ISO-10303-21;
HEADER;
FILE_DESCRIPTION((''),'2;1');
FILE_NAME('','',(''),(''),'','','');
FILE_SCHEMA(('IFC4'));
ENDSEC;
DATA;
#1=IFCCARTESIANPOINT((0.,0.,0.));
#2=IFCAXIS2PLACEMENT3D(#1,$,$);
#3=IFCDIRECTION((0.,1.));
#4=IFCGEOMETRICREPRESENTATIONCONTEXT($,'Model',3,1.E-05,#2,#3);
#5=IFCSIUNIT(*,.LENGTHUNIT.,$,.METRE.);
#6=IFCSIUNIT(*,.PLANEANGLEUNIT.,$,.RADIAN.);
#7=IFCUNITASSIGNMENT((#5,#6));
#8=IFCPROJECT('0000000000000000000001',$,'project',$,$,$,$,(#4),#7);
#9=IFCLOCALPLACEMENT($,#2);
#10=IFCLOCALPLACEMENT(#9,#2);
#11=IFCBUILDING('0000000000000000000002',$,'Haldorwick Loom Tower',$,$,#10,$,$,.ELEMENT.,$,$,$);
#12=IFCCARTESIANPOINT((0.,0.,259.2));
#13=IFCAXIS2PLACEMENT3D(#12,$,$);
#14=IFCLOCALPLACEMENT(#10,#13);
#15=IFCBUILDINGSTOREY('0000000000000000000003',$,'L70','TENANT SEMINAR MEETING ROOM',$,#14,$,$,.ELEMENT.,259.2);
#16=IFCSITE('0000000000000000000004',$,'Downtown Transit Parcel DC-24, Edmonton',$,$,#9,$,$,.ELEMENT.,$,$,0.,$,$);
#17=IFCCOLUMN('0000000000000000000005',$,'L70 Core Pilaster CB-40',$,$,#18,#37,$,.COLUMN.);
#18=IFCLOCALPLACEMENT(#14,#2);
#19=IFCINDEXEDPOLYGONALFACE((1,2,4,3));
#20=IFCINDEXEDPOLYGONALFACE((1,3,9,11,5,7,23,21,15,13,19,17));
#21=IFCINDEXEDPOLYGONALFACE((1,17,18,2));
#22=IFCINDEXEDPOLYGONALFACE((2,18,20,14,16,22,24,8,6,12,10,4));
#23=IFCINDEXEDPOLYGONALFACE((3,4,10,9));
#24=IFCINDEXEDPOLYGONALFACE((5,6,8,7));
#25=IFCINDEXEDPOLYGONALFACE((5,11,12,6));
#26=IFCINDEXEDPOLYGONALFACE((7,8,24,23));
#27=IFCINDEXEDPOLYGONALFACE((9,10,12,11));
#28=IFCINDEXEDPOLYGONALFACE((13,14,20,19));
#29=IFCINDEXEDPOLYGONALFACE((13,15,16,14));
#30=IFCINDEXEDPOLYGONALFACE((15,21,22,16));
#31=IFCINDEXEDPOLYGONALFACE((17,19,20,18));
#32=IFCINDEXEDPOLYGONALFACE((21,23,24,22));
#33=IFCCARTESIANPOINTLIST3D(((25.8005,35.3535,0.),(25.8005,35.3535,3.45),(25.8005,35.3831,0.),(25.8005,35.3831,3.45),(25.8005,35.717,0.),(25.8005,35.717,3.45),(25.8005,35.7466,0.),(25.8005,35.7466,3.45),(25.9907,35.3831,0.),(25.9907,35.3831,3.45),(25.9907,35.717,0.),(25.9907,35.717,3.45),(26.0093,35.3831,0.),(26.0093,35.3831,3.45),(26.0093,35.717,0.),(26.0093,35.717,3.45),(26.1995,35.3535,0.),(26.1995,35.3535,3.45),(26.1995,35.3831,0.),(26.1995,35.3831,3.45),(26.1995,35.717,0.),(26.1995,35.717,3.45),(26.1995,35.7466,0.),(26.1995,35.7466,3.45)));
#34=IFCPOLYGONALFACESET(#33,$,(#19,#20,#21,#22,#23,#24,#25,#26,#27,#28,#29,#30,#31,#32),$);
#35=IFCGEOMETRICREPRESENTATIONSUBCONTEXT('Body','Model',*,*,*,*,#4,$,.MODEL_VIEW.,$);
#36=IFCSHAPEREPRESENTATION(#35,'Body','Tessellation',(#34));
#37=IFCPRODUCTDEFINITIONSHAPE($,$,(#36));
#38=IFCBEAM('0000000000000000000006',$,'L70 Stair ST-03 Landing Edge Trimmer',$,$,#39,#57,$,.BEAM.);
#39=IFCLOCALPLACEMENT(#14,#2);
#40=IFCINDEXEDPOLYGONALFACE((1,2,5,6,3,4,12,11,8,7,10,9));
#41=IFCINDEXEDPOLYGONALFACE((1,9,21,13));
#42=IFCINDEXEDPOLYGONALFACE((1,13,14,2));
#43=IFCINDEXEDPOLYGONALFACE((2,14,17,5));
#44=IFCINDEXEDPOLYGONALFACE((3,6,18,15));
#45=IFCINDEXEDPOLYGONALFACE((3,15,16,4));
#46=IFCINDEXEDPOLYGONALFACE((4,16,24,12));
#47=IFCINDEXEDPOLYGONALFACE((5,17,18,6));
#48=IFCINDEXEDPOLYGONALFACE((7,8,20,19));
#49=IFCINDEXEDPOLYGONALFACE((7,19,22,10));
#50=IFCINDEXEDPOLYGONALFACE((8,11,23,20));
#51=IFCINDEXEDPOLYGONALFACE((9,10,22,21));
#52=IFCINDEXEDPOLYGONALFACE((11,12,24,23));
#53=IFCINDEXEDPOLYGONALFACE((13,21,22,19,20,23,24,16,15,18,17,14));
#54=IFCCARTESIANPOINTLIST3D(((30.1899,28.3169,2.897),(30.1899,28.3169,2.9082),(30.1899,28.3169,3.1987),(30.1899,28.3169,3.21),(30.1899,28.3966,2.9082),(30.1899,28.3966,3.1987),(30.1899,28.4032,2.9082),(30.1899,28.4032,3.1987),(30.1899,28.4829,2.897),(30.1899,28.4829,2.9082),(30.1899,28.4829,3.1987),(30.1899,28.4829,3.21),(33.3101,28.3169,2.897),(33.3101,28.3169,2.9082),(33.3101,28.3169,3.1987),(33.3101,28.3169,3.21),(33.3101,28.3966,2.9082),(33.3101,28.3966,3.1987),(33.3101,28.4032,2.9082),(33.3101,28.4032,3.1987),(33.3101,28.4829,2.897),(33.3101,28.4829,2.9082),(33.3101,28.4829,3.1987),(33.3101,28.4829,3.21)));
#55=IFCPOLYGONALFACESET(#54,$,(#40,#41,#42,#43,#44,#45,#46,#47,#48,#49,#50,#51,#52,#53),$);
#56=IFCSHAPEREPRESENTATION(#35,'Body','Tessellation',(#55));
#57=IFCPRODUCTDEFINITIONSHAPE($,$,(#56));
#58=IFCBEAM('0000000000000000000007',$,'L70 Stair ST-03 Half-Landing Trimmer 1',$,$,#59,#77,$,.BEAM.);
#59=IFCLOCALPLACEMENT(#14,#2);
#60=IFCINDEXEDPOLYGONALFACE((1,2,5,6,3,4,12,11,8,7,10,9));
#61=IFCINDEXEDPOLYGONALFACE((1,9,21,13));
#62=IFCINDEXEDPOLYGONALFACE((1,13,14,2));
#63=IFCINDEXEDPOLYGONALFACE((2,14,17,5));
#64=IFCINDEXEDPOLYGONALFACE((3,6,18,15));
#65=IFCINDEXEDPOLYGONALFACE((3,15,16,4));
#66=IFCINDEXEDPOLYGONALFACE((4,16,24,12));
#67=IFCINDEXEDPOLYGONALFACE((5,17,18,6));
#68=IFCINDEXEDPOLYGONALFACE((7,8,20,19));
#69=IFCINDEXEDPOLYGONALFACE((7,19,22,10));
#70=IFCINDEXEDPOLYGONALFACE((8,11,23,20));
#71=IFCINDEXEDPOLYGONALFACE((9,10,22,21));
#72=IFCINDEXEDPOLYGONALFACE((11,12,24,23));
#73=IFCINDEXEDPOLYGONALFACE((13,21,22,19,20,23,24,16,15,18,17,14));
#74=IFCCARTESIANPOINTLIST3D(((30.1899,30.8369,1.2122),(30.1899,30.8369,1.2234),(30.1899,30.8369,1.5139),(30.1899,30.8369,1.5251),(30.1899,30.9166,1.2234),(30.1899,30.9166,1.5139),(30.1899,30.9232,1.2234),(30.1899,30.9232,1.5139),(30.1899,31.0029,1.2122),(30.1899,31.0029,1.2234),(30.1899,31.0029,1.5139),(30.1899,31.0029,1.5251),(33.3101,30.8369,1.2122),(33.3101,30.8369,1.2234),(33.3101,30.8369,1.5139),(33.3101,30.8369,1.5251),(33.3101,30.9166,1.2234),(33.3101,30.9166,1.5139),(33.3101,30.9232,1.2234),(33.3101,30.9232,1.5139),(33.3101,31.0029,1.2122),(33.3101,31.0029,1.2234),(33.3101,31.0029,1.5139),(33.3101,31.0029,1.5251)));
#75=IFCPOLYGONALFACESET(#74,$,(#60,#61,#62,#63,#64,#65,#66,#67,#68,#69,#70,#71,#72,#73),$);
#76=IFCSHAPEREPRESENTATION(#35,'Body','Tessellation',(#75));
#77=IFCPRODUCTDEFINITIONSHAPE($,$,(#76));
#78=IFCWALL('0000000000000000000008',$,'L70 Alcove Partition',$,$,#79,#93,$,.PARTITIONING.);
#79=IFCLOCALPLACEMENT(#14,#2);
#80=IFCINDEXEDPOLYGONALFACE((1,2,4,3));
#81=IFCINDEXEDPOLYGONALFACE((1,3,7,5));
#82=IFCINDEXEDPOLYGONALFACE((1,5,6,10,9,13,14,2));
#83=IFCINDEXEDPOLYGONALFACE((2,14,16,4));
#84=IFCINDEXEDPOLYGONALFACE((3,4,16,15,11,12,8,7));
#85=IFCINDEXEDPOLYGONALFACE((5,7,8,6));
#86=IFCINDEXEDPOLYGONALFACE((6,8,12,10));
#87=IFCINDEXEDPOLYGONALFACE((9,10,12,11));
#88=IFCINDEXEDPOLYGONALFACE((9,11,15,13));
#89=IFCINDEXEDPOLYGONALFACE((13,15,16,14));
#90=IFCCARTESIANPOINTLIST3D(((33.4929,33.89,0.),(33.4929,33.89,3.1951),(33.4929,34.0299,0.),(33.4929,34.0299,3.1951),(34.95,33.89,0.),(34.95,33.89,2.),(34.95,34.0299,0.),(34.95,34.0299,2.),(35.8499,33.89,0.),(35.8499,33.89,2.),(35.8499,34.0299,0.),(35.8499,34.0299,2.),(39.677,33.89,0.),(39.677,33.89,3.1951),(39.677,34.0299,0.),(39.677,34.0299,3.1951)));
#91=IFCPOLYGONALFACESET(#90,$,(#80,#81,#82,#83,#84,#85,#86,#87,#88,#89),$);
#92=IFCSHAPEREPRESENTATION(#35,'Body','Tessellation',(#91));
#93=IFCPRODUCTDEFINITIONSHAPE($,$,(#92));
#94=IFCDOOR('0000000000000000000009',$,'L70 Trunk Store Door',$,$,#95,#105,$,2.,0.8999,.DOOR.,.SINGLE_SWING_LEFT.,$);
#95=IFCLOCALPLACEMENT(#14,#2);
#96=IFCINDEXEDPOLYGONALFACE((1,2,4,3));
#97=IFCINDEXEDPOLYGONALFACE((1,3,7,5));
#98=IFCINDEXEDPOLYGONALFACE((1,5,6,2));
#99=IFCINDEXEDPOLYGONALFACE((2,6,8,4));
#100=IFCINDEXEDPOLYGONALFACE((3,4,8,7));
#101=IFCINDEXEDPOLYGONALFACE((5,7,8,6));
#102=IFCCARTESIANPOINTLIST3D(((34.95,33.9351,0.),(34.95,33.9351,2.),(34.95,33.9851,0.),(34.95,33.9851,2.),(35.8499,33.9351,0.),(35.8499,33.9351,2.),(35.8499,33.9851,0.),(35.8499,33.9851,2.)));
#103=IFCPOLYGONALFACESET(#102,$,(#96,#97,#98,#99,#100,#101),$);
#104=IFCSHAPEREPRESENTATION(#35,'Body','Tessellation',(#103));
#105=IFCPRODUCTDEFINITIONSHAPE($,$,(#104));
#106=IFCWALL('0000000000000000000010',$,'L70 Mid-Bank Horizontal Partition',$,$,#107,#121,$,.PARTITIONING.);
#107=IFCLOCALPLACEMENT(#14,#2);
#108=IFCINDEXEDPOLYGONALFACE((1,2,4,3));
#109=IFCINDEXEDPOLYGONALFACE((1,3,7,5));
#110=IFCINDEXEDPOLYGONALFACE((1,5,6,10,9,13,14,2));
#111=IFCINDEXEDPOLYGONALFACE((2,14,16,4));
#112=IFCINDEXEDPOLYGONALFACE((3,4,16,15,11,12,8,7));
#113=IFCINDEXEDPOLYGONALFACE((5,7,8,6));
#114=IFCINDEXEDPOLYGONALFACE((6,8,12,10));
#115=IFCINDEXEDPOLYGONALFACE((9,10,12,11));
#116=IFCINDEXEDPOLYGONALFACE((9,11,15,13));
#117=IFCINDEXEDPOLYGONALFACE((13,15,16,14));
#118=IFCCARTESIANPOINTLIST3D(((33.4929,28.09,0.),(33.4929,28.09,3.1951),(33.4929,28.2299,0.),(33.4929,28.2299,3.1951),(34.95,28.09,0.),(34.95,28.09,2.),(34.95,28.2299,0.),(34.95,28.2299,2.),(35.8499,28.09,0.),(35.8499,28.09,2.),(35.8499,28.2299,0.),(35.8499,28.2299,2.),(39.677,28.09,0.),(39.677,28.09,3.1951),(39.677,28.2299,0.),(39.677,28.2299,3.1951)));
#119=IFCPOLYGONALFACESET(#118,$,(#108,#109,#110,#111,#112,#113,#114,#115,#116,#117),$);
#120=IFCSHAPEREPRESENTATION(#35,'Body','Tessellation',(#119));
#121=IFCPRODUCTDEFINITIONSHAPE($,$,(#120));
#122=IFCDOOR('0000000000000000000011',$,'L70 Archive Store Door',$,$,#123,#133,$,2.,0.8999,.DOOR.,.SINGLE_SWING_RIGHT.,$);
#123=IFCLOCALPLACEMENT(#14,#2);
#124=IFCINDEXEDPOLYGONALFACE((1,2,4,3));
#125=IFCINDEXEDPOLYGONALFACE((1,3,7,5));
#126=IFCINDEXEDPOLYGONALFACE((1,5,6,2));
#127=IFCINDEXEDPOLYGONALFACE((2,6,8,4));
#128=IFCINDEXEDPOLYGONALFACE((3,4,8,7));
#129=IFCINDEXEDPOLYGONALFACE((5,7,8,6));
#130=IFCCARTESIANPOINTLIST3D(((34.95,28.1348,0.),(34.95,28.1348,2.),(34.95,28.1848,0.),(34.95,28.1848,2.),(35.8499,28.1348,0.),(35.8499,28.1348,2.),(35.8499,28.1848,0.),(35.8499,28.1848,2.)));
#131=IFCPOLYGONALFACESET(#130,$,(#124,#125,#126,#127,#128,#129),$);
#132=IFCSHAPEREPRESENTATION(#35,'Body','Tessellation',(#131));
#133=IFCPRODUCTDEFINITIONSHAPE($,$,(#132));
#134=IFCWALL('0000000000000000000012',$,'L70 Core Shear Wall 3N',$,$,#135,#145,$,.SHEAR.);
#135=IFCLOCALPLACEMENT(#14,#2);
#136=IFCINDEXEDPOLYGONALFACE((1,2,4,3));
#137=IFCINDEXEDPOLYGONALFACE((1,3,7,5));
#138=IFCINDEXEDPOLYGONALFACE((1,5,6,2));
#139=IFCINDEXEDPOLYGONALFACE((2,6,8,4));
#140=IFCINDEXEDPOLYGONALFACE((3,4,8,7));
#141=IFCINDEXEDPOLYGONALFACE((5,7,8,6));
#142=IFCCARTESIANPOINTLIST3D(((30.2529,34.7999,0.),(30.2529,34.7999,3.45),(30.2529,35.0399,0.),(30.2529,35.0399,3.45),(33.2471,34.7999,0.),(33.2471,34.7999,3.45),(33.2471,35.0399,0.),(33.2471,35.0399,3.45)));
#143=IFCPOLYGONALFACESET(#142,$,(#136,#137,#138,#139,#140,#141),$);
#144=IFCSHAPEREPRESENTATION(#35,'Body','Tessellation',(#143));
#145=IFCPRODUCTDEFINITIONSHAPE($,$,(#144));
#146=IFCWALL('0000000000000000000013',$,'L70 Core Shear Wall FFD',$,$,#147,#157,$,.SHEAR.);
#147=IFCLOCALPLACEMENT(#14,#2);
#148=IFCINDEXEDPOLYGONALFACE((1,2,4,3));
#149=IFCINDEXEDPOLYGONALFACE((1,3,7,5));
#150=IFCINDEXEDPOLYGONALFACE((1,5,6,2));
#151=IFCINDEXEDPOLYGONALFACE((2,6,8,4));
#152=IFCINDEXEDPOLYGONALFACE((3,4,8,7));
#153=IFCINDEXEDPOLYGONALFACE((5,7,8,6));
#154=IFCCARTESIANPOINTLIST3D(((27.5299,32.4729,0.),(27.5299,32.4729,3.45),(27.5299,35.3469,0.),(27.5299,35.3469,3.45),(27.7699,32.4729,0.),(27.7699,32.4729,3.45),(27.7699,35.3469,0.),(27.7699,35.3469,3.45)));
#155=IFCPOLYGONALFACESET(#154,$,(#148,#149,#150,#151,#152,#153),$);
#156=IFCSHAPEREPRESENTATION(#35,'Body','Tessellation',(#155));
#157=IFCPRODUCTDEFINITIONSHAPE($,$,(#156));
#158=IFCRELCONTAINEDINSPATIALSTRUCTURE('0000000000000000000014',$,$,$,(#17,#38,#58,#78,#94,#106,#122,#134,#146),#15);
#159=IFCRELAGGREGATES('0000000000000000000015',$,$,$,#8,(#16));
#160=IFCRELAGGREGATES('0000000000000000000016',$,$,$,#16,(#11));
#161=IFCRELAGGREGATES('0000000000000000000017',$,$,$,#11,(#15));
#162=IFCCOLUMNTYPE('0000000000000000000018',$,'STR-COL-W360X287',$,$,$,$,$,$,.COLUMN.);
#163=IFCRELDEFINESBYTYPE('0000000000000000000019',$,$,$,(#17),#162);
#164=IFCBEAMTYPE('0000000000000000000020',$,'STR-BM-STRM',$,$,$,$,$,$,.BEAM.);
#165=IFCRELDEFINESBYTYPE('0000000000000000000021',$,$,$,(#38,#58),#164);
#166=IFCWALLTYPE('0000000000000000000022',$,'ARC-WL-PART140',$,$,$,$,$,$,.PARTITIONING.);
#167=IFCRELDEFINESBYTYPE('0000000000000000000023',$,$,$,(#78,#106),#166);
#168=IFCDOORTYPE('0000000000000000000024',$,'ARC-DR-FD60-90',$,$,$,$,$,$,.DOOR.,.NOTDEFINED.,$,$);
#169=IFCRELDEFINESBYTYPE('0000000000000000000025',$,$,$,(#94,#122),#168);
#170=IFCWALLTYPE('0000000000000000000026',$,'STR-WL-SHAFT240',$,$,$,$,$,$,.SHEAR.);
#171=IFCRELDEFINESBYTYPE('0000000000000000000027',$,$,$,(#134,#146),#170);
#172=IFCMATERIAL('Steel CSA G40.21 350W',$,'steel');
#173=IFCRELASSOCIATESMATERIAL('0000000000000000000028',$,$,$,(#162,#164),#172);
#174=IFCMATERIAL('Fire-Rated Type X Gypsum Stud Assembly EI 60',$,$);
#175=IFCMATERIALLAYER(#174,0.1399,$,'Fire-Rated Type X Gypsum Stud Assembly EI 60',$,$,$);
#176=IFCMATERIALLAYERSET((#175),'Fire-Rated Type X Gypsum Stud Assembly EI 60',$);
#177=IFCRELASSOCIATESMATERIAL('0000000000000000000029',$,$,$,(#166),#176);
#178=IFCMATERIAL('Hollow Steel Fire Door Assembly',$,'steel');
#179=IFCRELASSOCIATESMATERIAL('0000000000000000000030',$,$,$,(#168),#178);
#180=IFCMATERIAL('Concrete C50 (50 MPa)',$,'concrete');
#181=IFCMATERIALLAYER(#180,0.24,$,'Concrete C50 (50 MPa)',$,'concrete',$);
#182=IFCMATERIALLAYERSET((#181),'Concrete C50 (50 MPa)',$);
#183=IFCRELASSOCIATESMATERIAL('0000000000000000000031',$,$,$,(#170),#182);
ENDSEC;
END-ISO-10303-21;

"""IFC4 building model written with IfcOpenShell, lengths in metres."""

from ifc_helpers import new_model, si_unit, direction, frame, frame_2d, origin, origin_2d, place, context, subcontext, project, spatial, rectangle, i_section, extrude, material, layer, layer_set, material_profile, profile_set, type_object, element, fill, save


model = new_model("IFC4")

# Units and contexts
model_context = context("Model", 3, precision=1e-05, world=origin(), true_north=direction((0.0, 1.0)))
body_context = subcontext(model_context, "Body", "Model", "MODEL_VIEW")
ifc_project = project(units=[si_unit("LENGTHUNIT", "METRE"), si_unit("PLANEANGLEUNIT", "RADIAN")], contexts=[model_context])

# Site, building, storey
site_placement = place(None, origin())
site = spatial("IfcSite", under=ifc_project, at=site_placement, Name="Downtown Transit Parcel DC-24, Edmonton", CompositionType="ELEMENT", RefElevation=0.0)
building_placement = place(site_placement, origin())
building = spatial("IfcBuilding", under=site, at=building_placement, Name="Haldorwick Loom Tower", CompositionType="ELEMENT")
storey_placement = place(building_placement, frame((0.0, 0.0, 259.2)))
storey = spatial("IfcBuildingStorey", under=building, at=storey_placement, Name="L70", Description="TENANT SEMINAR MEETING ROOM", CompositionType="ELEMENT", Elevation=259.2)

# Column
ifc_material_1 = material(Name="Steel CSA G40.21 350W", Category="steel")
ifc_material_profile_1 = material_profile(ifc_material_1, i_section(OverallWidth=0.3989, OverallDepth=0.3931, WebThickness=0.0186, FlangeThickness=0.0295, at=origin_2d()), Name="W360X287", Category="steel")
ifc_profile_set_1 = profile_set([ifc_material_profile_1], Name="Steel CSA G40.21 350W")
column_type = type_object("IfcColumnType", Name="STR-COL-W360X287", PredefinedType="COLUMN", material=ifc_profile_set_1)
column_placement = place(storey_placement, frame((26.0, 35.55, 0.0), z_axis=(0.0, 0.0, 1.0), x_axis=(1.0, 0.0, 0.0)))
element("IfcColumn", 1, at=column_placement, inside=storey, type_object=column_type, Name="L70 Core Pilaster CB-40", PredefinedType="COLUMN", context=body_context, shape_type="SweptSolid", body=[
    extrude(i_section(OverallWidth=0.3989, OverallDepth=0.3931, WebThickness=0.0186, FlangeThickness=0.0295, at=origin_2d()), origin(), (0.0, 0.0, 1.0), 3.45),
])

# Beams
ifc_material_profile_2 = material_profile(ifc_material_1, i_section(OverallWidth=0.166, OverallDepth=0.313, WebThickness=0.0066, FlangeThickness=0.0112, at=origin_2d()), Name="W310X45", Category="steel")
ifc_profile_set_2 = profile_set([ifc_material_profile_2], Name="Steel CSA G40.21 350W")
beam_type = type_object("IfcBeamType", Name="STR-BM-STRM", PredefinedType="BEAM", material=ifc_profile_set_2)
for number, where, z_axis, x_axis, name in (
    (2, (30.1899, 28.3999, 3.0535), (1.0, 0.0, 0.0), (0.0, 1.0, 0.0), "L70 Stair ST-03 Landing Edge Trimmer"),
    (3, (30.1899, 30.9199, 1.3687), (1.0, 0.0, 0.0), (0.0, 1.0, 0.0), "L70 Stair ST-03 Half-Landing Trimmer 1"),
):
    element("IfcBeam", number, at=place(storey_placement, frame(where, z_axis=z_axis, x_axis=x_axis)), inside=storey, type_object=beam_type, Name=name, PredefinedType="BEAM", context=body_context, shape_type="SweptSolid", body=[
        extrude(i_section(OverallWidth=0.166, OverallDepth=0.313, WebThickness=0.0066, FlangeThickness=0.0112, at=origin_2d()), origin(), (0.0, 0.0, 1.0), 3.1201),
    ])

# Walls, openings, doors
ifc_material_2 = material(Name="Fire-Rated Type X Gypsum Stud Assembly EI 60")
ifc_layer_1 = layer(ifc_material_2, 0.1399, Name="Fire-Rated Type X Gypsum Stud Assembly EI 60")
ifc_layer_set_1 = layer_set([ifc_layer_1], Name="Fire-Rated Type X Gypsum Stud Assembly EI 60")
wall_type_1 = type_object("IfcWallType", Name="ARC-WL-PART140", PredefinedType="PARTITIONING", material=ifc_layer_set_1)
wall_1_placement = place(storey_placement, frame((33.4929, 33.96, 0.0), z_axis=(0.0, 0.0, 1.0), x_axis=(1.0, 0.0, 0.0)))
wall_1 = element("IfcWall", 4, at=wall_1_placement, inside=storey, type_object=wall_type_1, Name="L70 Alcove Partition", PredefinedType="PARTITIONING", context=body_context, shape_type="SweptSolid", body=[
    extrude(rectangle(XDim=6.1841, YDim=0.1399, at=frame_2d((3.092, 0.0))), origin(), (0.0, 0.0, 1.0), 3.1951),
])
opening_1_placement = place(wall_1_placement, frame((1.457, 0.0, 0.0)))
opening_1 = element("IfcOpeningElement", 5, at=opening_1_placement, cuts=wall_1, PredefinedType="OPENING", context=body_context, shape_type="SweptSolid", body=[
    extrude(rectangle(XDim=0.8999, YDim=2.0, at=frame_2d((0.45, 1.0))), frame((0.0, 0.0798, 0.0), z_axis=(0.0, -1.0, 0.0), x_axis=(1.0, 0.0, 0.0)), (0.0, 0.0, 1.0), 0.1599),
])
ifc_material_3 = material(Name="Hollow Steel Fire Door Assembly", Category="steel")
door_type_1 = type_object("IfcDoorType", Name="ARC-DR-FD60-90", OperationType="NOTDEFINED", PredefinedType="DOOR", material=ifc_material_3)
door_1_placement = place(opening_1_placement, frame((0.8999, 0.0, 0.0), z_axis=(0.0, 0.0, 1.0), x_axis=(-1.0, 0.0, 0.0)))
door_1 = element("IfcDoor", 6, at=door_1_placement, inside=storey, type_object=door_type_1, Name="L70 Trunk Store Door", OperationType="SINGLE_SWING_LEFT", OverallHeight=2.0, OverallWidth=0.8999, PredefinedType="DOOR", context=body_context, shape_type="SweptSolid", body=[
    extrude(rectangle(XDim=0.8999, YDim=2.0, at=frame_2d((0.45, 1.0))), frame((0.0, 0.0249, 0.0), z_axis=(0.0, -1.0, 0.0), x_axis=(1.0, 0.0, 0.0)), (0.0, 0.0, 1.0), 0.05),
])
fill(opening_1, door_1)
wall_2_placement = place(storey_placement, frame((33.4929, 28.1599, 0.0), z_axis=(0.0, 0.0, 1.0), x_axis=(1.0, 0.0, 0.0)))
wall_2 = element("IfcWall", 7, at=wall_2_placement, inside=storey, type_object=wall_type_1, Name="L70 Mid-Bank Horizontal Partition", PredefinedType="PARTITIONING", context=body_context, shape_type="SweptSolid", body=[
    extrude(rectangle(XDim=6.1841, YDim=0.1399, at=frame_2d((3.092, 0.0))), origin(), (0.0, 0.0, 1.0), 3.1951),
])
opening_2_placement = place(wall_2_placement, frame((1.457, 0.0, 0.0)))
opening_2 = element("IfcOpeningElement", 8, at=opening_2_placement, cuts=wall_2, PredefinedType="OPENING", context=body_context, shape_type="SweptSolid", body=[
    extrude(rectangle(XDim=0.8999, YDim=2.0, at=frame_2d((0.45, 1.0))), frame((0.0, 0.0798, 0.0), z_axis=(0.0, -1.0, 0.0), x_axis=(1.0, 0.0, 0.0)), (0.0, 0.0, 1.0), 0.1599),
])
door_2_placement = place(opening_2_placement, origin())
door_2 = element("IfcDoor", 9, at=door_2_placement, inside=storey, type_object=door_type_1, Name="L70 Archive Store Door", OperationType="SINGLE_SWING_RIGHT", OverallHeight=2.0, OverallWidth=0.8999, PredefinedType="DOOR", context=body_context, shape_type="SweptSolid", body=[
    extrude(rectangle(XDim=0.8999, YDim=2.0, at=frame_2d((0.45, 1.0))), frame((0.0, 0.0249, 0.0), z_axis=(0.0, -1.0, 0.0), x_axis=(1.0, 0.0, 0.0)), (0.0, 0.0, 1.0), 0.05),
])
fill(opening_2, door_2)

# Walls
ifc_material_4 = material(Name="Concrete C50 (50 MPa)", Category="concrete")
ifc_layer_2 = layer(ifc_material_4, 0.24, Name="Concrete C50 (50 MPa)", Category="concrete")
ifc_layer_set_2 = layer_set([ifc_layer_2], Name="Concrete C50 (50 MPa)")
wall_type_2 = type_object("IfcWallType", Name="STR-WL-SHAFT240", PredefinedType="SHEAR", material=ifc_layer_set_2)
wall_3_placement = place(storey_placement, frame((30.2529, 34.9199, 0.0), z_axis=(0.0, 0.0, 1.0), x_axis=(1.0, 0.0, 0.0)))
element("IfcWall", 10, at=wall_3_placement, inside=storey, type_object=wall_type_2, Name="L70 Core Shear Wall 3N", PredefinedType="SHEAR", context=body_context, shape_type="SweptSolid", body=[
    extrude(rectangle(XDim=2.9941, YDim=0.24, at=frame_2d((1.4971, 0.0))), origin(), (0.0, 0.0, 1.0), 3.45),
])
wall_4_placement = place(storey_placement, frame((27.6499, 32.4729, 0.0), z_axis=(0.0, 0.0, 1.0), x_axis=(0.0, 1.0, 0.0)))
element("IfcWall", 11, at=wall_4_placement, inside=storey, type_object=wall_type_2, Name="L70 Core Shear Wall FFD", PredefinedType="SHEAR", context=body_context, shape_type="SweptSolid", body=[
    extrude(rectangle(XDim=2.874, YDim=0.24, at=frame_2d((1.437, 0.0))), origin(), (0.0, 0.0, 1.0), 3.45),
])

save(model, "model.ifc")
